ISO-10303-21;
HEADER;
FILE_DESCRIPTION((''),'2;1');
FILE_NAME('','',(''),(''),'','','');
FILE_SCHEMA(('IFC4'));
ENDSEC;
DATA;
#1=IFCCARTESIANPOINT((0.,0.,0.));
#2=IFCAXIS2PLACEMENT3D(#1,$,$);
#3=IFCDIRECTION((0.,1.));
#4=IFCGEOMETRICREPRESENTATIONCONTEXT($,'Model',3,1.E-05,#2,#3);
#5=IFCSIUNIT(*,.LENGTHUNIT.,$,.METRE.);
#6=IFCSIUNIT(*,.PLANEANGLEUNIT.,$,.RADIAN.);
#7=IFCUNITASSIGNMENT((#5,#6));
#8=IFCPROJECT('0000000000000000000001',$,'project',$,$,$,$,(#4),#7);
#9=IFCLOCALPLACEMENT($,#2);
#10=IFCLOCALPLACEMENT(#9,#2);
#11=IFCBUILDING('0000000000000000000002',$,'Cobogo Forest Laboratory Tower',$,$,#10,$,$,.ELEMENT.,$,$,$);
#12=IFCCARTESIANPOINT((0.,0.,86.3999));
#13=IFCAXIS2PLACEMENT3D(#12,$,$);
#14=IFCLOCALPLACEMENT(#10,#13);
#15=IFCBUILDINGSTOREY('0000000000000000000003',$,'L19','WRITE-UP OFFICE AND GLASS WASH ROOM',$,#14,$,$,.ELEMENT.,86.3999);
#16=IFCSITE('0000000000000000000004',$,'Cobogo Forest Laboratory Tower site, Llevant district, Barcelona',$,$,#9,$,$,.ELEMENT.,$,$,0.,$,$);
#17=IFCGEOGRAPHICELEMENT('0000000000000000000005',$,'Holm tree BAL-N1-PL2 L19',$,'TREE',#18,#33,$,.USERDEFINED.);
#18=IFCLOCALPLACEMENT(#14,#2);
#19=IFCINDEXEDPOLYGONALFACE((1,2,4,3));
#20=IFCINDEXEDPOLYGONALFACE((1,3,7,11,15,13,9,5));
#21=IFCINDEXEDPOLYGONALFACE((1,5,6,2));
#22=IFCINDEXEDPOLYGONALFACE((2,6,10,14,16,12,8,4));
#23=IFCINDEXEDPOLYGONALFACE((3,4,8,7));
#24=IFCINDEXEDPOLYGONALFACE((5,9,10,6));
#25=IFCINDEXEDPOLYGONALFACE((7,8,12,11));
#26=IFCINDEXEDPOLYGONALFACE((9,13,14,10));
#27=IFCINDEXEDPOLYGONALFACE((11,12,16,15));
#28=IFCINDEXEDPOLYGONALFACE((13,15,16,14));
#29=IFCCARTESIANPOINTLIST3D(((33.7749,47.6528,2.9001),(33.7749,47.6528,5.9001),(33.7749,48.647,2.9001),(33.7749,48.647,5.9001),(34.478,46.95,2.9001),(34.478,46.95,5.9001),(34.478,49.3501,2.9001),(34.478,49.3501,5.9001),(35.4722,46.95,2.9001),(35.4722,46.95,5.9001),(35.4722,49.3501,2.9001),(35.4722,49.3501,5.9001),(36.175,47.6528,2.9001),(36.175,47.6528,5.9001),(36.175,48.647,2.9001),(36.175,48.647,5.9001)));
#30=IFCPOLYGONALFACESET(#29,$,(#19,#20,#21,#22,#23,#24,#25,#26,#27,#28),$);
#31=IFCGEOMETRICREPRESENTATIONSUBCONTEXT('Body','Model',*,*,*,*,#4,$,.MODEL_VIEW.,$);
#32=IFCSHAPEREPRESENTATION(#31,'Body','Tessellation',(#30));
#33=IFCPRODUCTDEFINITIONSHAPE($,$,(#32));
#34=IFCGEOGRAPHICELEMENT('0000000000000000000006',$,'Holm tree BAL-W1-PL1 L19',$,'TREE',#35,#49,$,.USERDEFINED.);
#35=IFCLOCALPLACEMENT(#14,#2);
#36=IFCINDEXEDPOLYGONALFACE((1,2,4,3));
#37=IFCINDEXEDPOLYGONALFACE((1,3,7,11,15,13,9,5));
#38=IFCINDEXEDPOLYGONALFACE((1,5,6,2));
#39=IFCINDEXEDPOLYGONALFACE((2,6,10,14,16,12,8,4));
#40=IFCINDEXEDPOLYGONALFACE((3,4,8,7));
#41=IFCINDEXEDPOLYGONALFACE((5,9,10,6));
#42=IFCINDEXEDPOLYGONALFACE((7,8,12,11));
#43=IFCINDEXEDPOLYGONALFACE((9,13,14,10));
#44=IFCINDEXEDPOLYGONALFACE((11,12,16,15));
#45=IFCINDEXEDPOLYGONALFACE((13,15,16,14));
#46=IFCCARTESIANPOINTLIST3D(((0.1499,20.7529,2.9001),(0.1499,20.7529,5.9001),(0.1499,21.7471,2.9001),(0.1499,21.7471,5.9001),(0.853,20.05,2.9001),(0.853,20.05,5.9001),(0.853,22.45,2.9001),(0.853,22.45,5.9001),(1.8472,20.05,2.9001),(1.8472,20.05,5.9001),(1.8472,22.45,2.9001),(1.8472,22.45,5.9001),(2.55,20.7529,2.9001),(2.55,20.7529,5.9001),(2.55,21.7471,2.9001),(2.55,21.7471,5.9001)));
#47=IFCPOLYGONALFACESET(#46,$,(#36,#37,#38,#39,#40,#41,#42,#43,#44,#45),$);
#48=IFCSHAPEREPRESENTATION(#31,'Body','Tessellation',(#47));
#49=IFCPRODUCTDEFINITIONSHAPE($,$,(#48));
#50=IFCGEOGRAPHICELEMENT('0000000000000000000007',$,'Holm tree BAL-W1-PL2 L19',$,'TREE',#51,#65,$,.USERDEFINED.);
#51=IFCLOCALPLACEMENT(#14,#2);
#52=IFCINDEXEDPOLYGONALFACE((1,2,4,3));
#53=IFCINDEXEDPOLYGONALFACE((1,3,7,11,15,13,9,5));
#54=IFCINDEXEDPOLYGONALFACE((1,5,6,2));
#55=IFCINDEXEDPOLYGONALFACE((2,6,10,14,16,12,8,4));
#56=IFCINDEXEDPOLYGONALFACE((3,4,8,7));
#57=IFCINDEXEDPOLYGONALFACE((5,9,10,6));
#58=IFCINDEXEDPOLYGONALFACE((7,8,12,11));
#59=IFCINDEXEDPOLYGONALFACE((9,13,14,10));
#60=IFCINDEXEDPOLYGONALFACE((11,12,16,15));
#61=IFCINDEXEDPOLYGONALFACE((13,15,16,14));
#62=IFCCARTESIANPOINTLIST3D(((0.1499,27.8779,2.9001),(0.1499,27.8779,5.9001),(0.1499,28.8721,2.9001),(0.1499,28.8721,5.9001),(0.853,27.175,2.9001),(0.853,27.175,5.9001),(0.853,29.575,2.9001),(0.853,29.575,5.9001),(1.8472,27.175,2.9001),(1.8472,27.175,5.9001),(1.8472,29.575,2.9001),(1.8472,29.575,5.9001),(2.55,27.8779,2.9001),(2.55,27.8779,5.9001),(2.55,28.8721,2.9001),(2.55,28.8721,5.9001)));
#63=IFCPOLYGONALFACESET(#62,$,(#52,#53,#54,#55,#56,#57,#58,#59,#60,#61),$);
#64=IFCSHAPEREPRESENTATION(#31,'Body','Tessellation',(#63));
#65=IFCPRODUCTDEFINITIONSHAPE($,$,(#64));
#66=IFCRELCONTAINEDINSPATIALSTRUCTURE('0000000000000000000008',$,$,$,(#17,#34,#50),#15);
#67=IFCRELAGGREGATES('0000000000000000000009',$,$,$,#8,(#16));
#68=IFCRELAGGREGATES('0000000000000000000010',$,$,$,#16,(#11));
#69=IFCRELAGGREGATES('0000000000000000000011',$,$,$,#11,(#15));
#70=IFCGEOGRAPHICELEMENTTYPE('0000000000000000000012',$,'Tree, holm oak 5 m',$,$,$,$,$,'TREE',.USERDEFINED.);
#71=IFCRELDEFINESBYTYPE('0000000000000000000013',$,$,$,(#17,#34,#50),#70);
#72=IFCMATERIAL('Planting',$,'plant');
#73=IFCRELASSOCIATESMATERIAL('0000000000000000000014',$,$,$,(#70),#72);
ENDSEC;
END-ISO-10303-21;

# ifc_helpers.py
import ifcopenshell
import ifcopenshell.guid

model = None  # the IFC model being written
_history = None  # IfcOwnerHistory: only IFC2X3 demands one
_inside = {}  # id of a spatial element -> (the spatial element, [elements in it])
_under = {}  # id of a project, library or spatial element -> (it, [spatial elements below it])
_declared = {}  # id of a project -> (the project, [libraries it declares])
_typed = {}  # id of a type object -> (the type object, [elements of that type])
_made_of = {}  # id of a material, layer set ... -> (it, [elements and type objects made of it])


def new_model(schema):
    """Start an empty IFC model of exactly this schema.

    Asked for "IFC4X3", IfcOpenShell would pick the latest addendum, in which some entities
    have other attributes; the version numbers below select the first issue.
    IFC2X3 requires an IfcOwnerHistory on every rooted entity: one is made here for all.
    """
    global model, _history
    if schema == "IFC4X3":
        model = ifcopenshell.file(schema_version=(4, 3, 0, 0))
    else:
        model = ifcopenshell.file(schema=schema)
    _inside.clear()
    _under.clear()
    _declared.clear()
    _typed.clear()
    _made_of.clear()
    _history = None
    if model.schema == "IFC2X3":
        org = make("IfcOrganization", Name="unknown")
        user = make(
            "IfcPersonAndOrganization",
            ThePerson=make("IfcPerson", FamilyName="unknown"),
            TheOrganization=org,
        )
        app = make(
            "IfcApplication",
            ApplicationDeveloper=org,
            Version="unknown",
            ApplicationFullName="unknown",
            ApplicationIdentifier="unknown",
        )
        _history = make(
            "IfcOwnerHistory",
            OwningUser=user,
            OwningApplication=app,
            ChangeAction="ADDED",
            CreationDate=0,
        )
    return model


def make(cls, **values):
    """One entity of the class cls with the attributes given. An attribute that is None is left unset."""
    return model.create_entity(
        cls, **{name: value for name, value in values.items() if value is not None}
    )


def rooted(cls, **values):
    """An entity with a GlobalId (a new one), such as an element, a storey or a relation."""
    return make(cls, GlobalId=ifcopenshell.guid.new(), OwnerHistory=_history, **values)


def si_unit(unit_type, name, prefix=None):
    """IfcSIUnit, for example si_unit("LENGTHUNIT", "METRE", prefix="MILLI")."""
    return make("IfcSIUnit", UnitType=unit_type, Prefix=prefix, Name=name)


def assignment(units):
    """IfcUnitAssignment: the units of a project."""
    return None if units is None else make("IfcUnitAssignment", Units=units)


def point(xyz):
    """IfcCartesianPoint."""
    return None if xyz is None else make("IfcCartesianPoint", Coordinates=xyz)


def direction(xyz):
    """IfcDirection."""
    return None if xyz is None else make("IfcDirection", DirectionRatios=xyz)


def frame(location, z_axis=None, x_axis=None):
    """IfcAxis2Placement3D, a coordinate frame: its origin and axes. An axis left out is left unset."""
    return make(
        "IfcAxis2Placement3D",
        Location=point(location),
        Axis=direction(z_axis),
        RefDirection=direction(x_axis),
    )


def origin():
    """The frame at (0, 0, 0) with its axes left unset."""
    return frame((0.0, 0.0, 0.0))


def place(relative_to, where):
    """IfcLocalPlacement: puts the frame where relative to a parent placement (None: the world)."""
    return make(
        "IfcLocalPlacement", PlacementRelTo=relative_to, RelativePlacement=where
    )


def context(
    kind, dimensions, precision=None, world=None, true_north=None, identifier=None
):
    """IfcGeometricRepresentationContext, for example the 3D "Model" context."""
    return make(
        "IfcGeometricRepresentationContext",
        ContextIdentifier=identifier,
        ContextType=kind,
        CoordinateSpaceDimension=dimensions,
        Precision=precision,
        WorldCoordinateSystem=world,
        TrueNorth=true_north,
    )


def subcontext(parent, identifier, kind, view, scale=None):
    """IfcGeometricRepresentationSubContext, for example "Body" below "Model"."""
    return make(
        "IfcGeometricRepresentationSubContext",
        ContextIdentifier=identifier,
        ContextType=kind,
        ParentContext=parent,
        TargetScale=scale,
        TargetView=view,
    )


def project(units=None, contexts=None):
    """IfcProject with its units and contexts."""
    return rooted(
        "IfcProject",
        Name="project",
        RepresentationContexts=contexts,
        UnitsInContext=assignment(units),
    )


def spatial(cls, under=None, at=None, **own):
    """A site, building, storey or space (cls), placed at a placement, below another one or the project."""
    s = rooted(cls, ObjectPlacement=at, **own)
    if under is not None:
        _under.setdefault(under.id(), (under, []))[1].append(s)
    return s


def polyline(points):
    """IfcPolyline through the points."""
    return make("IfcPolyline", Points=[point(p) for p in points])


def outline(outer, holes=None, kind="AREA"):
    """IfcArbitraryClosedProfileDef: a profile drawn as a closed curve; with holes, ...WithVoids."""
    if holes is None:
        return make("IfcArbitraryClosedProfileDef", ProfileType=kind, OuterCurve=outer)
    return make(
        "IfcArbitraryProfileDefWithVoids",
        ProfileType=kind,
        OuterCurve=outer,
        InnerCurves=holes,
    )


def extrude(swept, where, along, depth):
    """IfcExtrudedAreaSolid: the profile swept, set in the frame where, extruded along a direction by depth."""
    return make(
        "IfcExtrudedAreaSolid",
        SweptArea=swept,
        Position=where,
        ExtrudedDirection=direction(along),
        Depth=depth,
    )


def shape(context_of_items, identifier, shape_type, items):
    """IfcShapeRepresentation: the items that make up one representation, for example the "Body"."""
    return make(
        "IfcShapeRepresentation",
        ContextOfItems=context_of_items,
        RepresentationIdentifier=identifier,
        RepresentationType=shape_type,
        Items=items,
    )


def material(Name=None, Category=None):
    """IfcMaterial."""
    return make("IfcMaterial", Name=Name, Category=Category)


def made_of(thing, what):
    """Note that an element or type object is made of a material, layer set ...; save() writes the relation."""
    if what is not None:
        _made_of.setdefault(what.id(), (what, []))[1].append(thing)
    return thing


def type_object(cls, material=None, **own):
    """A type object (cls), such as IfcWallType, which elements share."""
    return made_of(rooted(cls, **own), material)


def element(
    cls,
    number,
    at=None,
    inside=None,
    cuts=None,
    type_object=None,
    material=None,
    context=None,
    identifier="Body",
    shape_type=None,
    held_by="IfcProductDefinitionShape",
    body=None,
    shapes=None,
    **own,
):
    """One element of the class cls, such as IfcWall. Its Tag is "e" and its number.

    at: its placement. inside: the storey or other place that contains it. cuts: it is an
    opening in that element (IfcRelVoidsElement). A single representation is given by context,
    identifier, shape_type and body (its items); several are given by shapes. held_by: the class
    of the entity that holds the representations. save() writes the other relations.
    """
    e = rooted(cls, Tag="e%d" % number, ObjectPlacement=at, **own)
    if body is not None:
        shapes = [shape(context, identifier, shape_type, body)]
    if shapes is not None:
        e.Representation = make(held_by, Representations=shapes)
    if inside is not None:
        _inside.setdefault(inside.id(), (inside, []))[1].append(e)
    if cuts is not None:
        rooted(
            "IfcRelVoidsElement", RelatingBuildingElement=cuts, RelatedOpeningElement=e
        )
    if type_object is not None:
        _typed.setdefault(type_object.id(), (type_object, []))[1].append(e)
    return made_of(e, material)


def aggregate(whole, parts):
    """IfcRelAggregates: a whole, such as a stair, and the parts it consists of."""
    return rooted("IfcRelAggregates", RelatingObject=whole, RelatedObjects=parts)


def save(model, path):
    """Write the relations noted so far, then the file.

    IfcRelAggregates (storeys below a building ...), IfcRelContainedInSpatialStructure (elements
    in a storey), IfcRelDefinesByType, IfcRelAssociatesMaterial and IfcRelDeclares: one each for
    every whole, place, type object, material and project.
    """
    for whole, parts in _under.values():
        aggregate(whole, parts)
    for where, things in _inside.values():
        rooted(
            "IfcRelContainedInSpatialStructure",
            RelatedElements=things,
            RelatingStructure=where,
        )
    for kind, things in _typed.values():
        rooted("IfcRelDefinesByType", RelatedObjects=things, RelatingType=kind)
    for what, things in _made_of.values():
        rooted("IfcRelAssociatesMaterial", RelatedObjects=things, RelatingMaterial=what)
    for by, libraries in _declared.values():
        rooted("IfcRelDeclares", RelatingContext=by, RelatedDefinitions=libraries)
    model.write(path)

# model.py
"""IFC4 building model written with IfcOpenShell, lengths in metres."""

from ifc_helpers import new_model, si_unit, direction, frame, origin, place, context, subcontext, project, spatial, polyline, outline, extrude, material, type_object, element, save


model = new_model("IFC4")

# Units and contexts
model_context = context("Model", 3, precision=1e-05, world=origin(), true_north=direction((0.0, 1.0)))
body_context = subcontext(model_context, "Body", "Model", "MODEL_VIEW")
ifc_project = project(units=[si_unit("LENGTHUNIT", "METRE"), si_unit("PLANEANGLEUNIT", "RADIAN")], contexts=[model_context])

# Site, building, storey
site_placement = place(None, origin())
site = spatial("IfcSite", under=ifc_project, at=site_placement, Name="Cobogo Forest Laboratory Tower site, Llevant district, Barcelona", CompositionType="ELEMENT", RefElevation=0.0)
building_placement = place(site_placement, origin())
building = spatial("IfcBuilding", under=site, at=building_placement, Name="Cobogo Forest Laboratory Tower", CompositionType="ELEMENT")
storey_placement = place(building_placement, frame((0.0, 0.0, 86.3999)))
storey = spatial("IfcBuildingStorey", under=building, at=storey_placement, Name="L19", Description="WRITE-UP OFFICE AND GLASS WASH ROOM", CompositionType="ELEMENT", Elevation=86.3999)

# Geographic elements
ifc_material_1 = material(Name="Planting", Category="plant")
geographic_element_type = type_object("IfcGeographicElementType", Name="Tree, holm oak 5 m", ElementType="TREE", PredefinedType="USERDEFINED", material=ifc_material_1)
geographic_element_1_placement = place(storey_placement, frame((0.0, 0.0, 2.9001)))
element("IfcGeographicElement", 1, at=geographic_element_1_placement, inside=storey, type_object=geographic_element_type, Name="Holm tree BAL-N1-PL2 L19", ObjectType="TREE", PredefinedType="USERDEFINED", context=body_context, shape_type="SweptSolid", body=[
    extrude(outline(polyline([(36.175, 47.6528), (36.175, 48.647), (35.4722, 49.3501), (34.478, 49.3501), (33.7749, 48.647), (33.7749, 47.6528), (34.478, 46.95), (35.4722, 46.95), (36.175, 47.6528)])), origin(), (0.0, 0.0, 1.0), 3.0),
])
geographic_element_2_placement = place(storey_placement, frame((0.0, 0.0, 2.9001)))
element("IfcGeographicElement", 2, at=geographic_element_2_placement, inside=storey, type_object=geographic_element_type, Name="Holm tree BAL-W1-PL1 L19", ObjectType="TREE", PredefinedType="USERDEFINED", context=body_context, shape_type="SweptSolid", body=[
    extrude(outline(polyline([(2.55, 20.7529), (2.55, 21.7471), (1.8472, 22.45), (0.853, 22.45), (0.1499, 21.7471), (0.1499, 20.7529), (0.853, 20.05), (1.8472, 20.05), (2.55, 20.7529)])), origin(), (0.0, 0.0, 1.0), 3.0),
])
geographic_element_3_placement = place(storey_placement, frame((0.0, 0.0, 2.9001)))
element("IfcGeographicElement", 3, at=geographic_element_3_placement, inside=storey, type_object=geographic_element_type, Name="Holm tree BAL-W1-PL2 L19", ObjectType="TREE", PredefinedType="USERDEFINED", context=body_context, shape_type="SweptSolid", body=[
    extrude(outline(polyline([(2.55, 27.8779), (2.55, 28.8721), (1.8472, 29.575), (0.853, 29.575), (0.1499, 28.8721), (0.1499, 27.8779), (0.853, 27.175), (1.8472, 27.175), (2.55, 27.8779)])), origin(), (0.0, 0.0, 1.0), 3.0),
])

save(model, "model.ifc")
